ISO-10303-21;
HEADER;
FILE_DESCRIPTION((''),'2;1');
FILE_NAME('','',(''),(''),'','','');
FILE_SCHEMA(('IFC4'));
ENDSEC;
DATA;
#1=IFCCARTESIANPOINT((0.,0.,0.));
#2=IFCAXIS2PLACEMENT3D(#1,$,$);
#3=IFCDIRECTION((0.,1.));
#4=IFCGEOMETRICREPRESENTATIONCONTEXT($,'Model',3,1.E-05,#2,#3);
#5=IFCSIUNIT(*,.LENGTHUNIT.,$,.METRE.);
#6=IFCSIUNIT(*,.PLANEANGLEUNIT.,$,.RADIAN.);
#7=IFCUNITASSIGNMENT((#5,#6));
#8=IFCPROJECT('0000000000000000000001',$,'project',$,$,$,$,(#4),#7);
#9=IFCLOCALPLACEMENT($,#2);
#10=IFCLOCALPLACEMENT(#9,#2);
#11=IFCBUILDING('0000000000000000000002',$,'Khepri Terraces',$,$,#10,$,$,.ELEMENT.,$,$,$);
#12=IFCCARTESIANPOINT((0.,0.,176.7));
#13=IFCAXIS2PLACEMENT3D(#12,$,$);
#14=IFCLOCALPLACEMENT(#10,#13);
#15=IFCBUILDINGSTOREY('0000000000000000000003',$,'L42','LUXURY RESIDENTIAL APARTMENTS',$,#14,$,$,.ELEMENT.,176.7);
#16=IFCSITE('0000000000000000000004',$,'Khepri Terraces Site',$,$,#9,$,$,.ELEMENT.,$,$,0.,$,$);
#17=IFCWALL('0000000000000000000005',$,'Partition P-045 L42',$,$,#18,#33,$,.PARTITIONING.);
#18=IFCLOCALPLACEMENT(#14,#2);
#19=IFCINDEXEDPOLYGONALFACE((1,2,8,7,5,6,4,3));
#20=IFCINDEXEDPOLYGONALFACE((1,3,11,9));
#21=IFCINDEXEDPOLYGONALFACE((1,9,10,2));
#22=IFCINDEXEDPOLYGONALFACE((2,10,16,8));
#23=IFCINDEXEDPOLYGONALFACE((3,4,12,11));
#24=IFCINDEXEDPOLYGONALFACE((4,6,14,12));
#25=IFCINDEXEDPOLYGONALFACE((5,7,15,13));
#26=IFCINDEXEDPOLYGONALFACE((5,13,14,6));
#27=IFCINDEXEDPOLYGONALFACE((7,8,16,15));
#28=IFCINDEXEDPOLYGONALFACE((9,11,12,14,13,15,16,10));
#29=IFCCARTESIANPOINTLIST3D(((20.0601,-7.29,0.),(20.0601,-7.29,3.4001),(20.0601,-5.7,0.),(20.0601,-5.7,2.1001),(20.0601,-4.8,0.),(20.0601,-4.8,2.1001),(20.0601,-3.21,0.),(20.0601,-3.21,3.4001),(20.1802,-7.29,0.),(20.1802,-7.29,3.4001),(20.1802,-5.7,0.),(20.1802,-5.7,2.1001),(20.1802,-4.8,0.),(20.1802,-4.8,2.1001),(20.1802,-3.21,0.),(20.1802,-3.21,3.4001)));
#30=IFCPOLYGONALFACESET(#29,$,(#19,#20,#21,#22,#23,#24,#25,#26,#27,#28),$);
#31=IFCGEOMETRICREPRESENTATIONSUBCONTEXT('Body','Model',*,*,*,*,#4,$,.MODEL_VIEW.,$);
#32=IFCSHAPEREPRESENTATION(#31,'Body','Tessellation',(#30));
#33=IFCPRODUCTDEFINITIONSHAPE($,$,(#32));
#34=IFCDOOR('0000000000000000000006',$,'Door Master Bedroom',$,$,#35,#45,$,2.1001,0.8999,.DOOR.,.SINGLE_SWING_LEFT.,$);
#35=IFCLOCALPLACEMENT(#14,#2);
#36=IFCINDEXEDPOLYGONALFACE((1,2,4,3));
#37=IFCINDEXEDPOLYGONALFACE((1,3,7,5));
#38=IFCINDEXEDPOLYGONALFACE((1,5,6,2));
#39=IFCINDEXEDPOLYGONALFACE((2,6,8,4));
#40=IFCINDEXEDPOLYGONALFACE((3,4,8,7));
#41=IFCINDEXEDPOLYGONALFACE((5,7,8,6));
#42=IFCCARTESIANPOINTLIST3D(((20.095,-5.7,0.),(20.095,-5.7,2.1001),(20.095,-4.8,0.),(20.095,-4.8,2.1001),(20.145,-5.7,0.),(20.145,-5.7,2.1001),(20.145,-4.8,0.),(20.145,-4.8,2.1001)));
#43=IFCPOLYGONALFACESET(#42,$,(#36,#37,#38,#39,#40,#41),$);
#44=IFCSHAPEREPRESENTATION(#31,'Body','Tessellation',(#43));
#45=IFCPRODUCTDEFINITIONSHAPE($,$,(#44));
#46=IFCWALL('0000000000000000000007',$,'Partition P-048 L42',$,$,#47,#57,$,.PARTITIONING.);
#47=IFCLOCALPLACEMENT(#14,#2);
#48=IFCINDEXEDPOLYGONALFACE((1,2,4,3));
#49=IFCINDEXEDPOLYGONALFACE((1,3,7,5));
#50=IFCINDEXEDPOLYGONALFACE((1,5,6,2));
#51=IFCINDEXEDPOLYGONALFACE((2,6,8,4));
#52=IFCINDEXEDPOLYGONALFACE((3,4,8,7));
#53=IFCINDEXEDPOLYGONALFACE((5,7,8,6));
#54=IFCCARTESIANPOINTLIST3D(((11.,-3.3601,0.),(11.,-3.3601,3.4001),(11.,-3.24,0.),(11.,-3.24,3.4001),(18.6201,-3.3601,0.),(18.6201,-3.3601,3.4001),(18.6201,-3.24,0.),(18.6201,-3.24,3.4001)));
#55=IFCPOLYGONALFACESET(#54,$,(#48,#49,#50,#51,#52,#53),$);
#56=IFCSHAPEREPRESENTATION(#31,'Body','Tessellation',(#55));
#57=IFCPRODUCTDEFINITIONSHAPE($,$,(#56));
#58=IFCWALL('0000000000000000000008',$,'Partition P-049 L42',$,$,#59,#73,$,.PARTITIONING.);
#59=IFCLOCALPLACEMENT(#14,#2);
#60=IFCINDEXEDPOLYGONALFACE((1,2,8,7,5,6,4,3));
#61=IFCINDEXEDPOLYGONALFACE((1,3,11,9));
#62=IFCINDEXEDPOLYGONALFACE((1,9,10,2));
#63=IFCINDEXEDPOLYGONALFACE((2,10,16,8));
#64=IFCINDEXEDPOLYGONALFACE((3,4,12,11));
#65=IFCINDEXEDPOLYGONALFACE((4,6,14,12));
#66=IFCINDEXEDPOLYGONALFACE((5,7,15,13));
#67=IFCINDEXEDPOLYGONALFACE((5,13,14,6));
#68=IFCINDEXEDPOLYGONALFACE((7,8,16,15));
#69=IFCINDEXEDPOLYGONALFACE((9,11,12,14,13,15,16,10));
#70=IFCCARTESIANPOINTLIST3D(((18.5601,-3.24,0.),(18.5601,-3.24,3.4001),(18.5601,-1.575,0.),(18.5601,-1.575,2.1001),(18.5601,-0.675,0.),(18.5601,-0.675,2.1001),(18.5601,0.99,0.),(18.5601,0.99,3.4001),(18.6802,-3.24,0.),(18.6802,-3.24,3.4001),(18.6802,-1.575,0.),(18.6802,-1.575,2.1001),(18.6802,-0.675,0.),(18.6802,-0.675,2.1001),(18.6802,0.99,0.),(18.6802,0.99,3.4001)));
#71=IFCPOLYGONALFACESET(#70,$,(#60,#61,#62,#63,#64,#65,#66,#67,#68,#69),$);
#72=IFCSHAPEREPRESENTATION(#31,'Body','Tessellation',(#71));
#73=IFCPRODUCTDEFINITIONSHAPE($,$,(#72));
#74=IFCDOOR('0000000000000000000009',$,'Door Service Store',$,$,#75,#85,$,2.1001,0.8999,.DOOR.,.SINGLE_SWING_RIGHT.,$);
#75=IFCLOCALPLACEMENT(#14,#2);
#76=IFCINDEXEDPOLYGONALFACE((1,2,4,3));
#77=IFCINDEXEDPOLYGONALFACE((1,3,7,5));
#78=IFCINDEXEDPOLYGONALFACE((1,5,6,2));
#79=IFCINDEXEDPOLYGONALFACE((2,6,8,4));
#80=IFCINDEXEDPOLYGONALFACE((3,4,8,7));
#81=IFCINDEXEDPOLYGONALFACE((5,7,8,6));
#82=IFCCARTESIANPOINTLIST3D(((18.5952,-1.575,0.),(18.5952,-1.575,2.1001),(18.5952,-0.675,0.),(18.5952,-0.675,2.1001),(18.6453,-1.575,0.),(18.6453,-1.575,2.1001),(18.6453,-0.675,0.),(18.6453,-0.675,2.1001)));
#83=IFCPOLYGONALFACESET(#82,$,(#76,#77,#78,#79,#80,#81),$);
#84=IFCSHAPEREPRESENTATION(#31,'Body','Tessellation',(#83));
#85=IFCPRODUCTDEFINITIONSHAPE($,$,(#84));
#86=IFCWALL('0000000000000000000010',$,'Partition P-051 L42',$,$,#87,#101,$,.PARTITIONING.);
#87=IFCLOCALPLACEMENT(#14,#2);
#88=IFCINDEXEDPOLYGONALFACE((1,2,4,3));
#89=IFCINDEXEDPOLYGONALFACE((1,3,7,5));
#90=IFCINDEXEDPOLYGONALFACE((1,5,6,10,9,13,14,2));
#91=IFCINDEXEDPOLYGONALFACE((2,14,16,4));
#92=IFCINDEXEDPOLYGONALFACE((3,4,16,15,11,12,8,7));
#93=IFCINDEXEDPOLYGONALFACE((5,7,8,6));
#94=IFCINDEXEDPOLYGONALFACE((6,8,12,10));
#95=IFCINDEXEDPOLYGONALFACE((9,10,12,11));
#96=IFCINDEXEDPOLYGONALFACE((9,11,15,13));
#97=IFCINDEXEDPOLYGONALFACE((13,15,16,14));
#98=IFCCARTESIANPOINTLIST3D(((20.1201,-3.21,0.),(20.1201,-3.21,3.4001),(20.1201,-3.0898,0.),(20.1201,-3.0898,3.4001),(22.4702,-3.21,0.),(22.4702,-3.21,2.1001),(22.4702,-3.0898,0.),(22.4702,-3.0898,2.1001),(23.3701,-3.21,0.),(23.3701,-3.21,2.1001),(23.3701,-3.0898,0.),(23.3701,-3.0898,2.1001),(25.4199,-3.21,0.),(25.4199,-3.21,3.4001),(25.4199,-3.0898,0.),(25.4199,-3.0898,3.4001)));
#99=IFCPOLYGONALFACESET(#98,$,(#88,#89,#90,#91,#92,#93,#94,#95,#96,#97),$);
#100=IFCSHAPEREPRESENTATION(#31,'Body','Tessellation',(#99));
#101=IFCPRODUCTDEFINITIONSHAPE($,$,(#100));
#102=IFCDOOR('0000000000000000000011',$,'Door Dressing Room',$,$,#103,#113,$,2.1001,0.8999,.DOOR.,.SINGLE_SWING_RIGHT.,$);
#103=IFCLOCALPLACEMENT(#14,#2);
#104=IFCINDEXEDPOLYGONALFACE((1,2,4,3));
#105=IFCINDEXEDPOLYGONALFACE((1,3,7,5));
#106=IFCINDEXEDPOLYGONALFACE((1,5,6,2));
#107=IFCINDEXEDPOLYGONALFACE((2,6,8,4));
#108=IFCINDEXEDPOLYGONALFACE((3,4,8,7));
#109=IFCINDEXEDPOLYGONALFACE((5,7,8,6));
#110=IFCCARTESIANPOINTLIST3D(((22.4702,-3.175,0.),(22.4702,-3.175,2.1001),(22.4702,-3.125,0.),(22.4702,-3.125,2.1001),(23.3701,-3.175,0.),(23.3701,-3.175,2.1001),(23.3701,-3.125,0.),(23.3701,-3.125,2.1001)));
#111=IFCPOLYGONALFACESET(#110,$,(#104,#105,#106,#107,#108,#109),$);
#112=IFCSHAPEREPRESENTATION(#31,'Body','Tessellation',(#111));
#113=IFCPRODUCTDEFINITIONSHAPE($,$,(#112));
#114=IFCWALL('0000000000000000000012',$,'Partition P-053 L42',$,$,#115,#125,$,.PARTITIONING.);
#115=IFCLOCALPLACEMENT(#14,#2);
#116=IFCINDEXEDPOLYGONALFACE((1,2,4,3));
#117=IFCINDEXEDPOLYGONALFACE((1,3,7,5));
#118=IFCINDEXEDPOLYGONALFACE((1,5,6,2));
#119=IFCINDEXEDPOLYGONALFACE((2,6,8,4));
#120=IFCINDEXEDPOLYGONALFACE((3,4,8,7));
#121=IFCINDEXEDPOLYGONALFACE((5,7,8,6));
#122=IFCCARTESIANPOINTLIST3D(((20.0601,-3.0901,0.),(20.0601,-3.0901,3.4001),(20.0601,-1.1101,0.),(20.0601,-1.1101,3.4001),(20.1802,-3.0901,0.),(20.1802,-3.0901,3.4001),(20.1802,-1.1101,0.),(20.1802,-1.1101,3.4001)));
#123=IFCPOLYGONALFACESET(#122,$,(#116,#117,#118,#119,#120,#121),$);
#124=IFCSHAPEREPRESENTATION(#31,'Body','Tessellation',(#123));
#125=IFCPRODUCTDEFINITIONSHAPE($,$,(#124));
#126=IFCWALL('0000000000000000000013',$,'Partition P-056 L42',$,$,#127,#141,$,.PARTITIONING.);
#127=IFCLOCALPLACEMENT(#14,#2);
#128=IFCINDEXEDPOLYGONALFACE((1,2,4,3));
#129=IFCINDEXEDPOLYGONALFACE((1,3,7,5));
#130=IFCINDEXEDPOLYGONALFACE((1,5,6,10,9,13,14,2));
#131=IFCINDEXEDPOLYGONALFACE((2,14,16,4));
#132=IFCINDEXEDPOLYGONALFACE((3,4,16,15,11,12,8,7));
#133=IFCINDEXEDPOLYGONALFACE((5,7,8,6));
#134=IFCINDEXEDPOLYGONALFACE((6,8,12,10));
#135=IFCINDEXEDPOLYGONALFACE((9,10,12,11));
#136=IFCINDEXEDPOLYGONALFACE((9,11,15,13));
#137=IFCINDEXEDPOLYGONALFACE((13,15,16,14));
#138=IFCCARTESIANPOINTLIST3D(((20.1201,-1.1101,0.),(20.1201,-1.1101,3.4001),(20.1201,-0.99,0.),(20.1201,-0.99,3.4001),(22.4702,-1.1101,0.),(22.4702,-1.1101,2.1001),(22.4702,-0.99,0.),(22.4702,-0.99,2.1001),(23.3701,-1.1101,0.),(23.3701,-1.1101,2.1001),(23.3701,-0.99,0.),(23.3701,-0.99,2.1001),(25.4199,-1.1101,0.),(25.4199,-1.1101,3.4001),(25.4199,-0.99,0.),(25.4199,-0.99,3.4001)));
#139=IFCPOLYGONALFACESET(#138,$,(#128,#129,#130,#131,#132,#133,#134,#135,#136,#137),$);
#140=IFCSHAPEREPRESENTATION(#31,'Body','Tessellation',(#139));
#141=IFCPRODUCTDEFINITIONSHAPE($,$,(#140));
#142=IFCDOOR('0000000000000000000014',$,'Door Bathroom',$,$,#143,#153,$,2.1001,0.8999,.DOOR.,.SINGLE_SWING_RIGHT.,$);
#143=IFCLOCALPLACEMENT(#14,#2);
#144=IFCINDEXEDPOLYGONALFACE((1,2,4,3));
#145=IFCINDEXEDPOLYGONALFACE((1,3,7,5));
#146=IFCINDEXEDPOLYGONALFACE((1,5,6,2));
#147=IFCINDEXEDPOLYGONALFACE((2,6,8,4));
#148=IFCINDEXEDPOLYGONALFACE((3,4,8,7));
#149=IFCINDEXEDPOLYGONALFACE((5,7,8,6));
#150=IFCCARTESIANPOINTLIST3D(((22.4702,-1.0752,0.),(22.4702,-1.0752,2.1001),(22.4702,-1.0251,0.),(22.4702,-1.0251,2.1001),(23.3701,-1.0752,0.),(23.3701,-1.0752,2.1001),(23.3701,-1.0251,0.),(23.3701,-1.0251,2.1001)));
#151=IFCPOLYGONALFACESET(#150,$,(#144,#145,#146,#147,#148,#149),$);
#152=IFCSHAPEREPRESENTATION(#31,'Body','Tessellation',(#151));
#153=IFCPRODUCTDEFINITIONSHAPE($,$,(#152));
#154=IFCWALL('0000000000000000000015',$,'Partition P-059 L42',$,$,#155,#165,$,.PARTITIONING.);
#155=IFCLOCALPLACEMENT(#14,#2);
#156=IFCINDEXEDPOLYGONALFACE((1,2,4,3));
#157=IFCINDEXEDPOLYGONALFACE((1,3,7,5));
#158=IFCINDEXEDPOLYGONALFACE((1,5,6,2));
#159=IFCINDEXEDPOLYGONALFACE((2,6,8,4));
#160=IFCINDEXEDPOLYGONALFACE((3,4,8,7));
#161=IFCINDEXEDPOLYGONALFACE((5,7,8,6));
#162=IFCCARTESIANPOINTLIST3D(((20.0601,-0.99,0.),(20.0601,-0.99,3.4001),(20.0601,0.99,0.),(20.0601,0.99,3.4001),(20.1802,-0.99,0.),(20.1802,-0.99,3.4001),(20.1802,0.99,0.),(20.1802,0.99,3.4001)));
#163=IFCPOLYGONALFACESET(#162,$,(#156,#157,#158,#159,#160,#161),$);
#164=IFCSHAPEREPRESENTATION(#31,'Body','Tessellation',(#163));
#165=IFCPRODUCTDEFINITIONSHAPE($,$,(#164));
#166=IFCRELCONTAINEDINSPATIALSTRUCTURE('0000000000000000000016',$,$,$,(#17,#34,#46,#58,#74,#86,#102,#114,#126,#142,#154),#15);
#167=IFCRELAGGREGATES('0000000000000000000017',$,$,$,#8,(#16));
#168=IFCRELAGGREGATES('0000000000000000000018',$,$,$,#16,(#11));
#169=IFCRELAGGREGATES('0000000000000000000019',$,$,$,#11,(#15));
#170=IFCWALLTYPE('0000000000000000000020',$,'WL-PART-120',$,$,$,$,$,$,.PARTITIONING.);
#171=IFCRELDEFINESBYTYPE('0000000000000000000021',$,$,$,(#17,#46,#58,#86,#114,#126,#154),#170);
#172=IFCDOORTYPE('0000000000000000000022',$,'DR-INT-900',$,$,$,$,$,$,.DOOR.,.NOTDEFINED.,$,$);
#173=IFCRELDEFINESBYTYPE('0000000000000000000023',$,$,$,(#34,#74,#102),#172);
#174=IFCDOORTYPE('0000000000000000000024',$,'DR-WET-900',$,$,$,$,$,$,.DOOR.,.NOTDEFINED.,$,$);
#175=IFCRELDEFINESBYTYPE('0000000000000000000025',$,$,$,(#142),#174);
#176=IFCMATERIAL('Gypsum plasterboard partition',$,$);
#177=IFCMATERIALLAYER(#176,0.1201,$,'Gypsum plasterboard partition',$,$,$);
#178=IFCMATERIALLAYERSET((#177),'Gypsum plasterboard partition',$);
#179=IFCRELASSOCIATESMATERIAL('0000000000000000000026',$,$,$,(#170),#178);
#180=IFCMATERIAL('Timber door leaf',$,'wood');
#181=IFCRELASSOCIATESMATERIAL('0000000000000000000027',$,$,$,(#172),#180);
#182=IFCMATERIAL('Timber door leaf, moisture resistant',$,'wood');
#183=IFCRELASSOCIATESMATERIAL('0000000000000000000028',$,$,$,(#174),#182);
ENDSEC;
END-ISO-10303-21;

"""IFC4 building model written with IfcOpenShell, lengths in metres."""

from ifc_helpers import new_model, si_unit, direction, frame, frame_2d, origin, place, context, subcontext, project, spatial, rectangle, extrude, material, layer, layer_set, type_object, element, fill, save


model = new_model("IFC4")

# Units and contexts
model_context = context("Model", 3, precision=1e-05, world=origin(), true_north=direction((0.0, 1.0)))
body_context = subcontext(model_context, "Body", "Model", "MODEL_VIEW")
ifc_project = project(units=[si_unit("LENGTHUNIT", "METRE"), si_unit("PLANEANGLEUNIT", "RADIAN")], contexts=[model_context])

# Site, building, storey
site_placement = place(None, origin())
site = spatial("IfcSite", under=ifc_project, at=site_placement, Name="Khepri Terraces Site", CompositionType="ELEMENT", RefElevation=0.0)
building_placement = place(site_placement, origin())
building = spatial("IfcBuilding", under=site, at=building_placement, Name="Khepri Terraces", CompositionType="ELEMENT")
storey_placement = place(building_placement, frame((0.0, 0.0, 176.7)))
storey = spatial("IfcBuildingStorey", under=building, at=storey_placement, Name="L42", Description="LUXURY RESIDENTIAL APARTMENTS", CompositionType="ELEMENT", Elevation=176.7)

# Shared definitions
ifc_material_1 = material(Name="Gypsum plasterboard partition")
ifc_layer_1 = layer(ifc_material_1, 0.1201, Name="Gypsum plasterboard partition")
ifc_layer_set_1 = layer_set([ifc_layer_1], Name="Gypsum plasterboard partition")
wall_type_1 = type_object("IfcWallType", Name="WL-PART-120", PredefinedType="PARTITIONING", material=ifc_layer_set_1)

# Shared definitions
ifc_material_2 = material(Name="Timber door leaf", Category="wood")
door_type_1 = type_object("IfcDoorType", Name="DR-INT-900", OperationType="NOTDEFINED", PredefinedType="DOOR", material=ifc_material_2)

# Wall, opening, door
wall_1_placement = place(storey_placement, frame((20.1201, -7.29, 0.0), z_axis=(0.0, 0.0, 1.0), x_axis=(0.0, 1.0, 0.0)))
wall_1 = element("IfcWall", 1, at=wall_1_placement, inside=storey, type_object=wall_type_1, Name="Partition P-045 L42", PredefinedType="PARTITIONING", context=body_context, shape_type="SweptSolid", body=[
    extrude(rectangle(XDim=4.0801, YDim=0.1201, at=frame_2d((2.04, 0.0))), origin(), (0.0, 0.0, 1.0), 3.4001),
])
opening_1_placement = place(wall_1_placement, frame((1.5901, 0.0, 0.0)))
opening_1 = element("IfcOpeningElement", 2, at=opening_1_placement, cuts=wall_1, PredefinedType="OPENING", context=body_context, shape_type="SweptSolid", body=[
    extrude(rectangle(XDim=0.8999, YDim=2.1001, at=frame_2d((0.45, 1.05))), frame((0.0, 0.0701, 0.0), z_axis=(0.0, -1.0, 0.0), x_axis=(1.0, 0.0, 0.0)), (0.0, 0.0, 1.0), 0.1401),
])
door_1_placement = place(opening_1_placement, frame((0.8999, 0.0, 0.0), z_axis=(0.0, 0.0, 1.0), x_axis=(-1.0, 0.0, 0.0)))
door_1 = element("IfcDoor", 3, at=door_1_placement, inside=storey, type_object=door_type_1, Name="Door Master Bedroom", OperationType="SINGLE_SWING_LEFT", OverallHeight=2.1001, OverallWidth=0.8999, PredefinedType="DOOR", context=body_context, shape_type="SweptSolid", body=[
    extrude(rectangle(XDim=0.8999, YDim=2.1001, at=frame_2d((0.45, 1.05))), frame((0.0, 0.0249, 0.0), z_axis=(0.0, -1.0, 0.0), x_axis=(1.0, 0.0, 0.0)), (0.0, 0.0, 1.0), 0.05),
])
fill(opening_1, door_1)

# Wall
wall_2_placement = place(storey_placement, frame((11.0, -3.3, 0.0), z_axis=(0.0, 0.0, 1.0), x_axis=(1.0, 0.0, 0.0)))
element("IfcWall", 4, at=wall_2_placement, inside=storey, type_object=wall_type_1, Name="Partition P-048 L42", PredefinedType="PARTITIONING", context=body_context, shape_type="SweptSolid", body=[
    extrude(rectangle(XDim=7.6201, YDim=0.1201, at=frame_2d((3.8101, 0.0))), origin(), (0.0, 0.0, 1.0), 3.4001),
])

# Walls, openings, doors
wall_3_placement = place(storey_placement, frame((18.6201, -3.24, 0.0), z_axis=(0.0, 0.0, 1.0), x_axis=(0.0, 1.0, 0.0)))
wall_3 = element("IfcWall", 5, at=wall_3_placement, inside=storey, type_object=wall_type_1, Name="Partition P-049 L42", PredefinedType="PARTITIONING", context=body_context, shape_type="SweptSolid", body=[
    extrude(rectangle(XDim=4.23, YDim=0.1201, at=frame_2d((2.115, 0.0))), origin(), (0.0, 0.0, 1.0), 3.4001),
])
opening_2_placement = place(wall_3_placement, frame((1.665, 0.0, 0.0)))
opening_2 = element("IfcOpeningElement", 6, at=opening_2_placement, cuts=wall_3, PredefinedType="OPENING", context=body_context, shape_type="SweptSolid", body=[
    extrude(rectangle(XDim=0.8999, YDim=2.1001, at=frame_2d((0.45, 1.05))), frame((0.0, 0.0701, 0.0), z_axis=(0.0, -1.0, 0.0), x_axis=(1.0, 0.0, 0.0)), (0.0, 0.0, 1.0), 0.1401),
])
door_2_placement = place(opening_2_placement, origin())
door_2 = element("IfcDoor", 7, at=door_2_placement, inside=storey, type_object=door_type_1, Name="Door Service Store", OperationType="SINGLE_SWING_RIGHT", OverallHeight=2.1001, OverallWidth=0.8999, PredefinedType="DOOR", context=body_context, shape_type="SweptSolid", body=[
    extrude(rectangle(XDim=0.8999, YDim=2.1001, at=frame_2d((0.45, 1.05))), frame((0.0, 0.0249, 0.0), z_axis=(0.0, -1.0, 0.0), x_axis=(1.0, 0.0, 0.0)), (0.0, 0.0, 1.0), 0.05),
])
fill(opening_2, door_2)
wall_4_placement = place(storey_placement, frame((20.1201, -3.1499, 0.0), z_axis=(0.0, 0.0, 1.0), x_axis=(1.0, 0.0, 0.0)))
wall_4 = element("IfcWall", 8, at=wall_4_placement, inside=storey, type_object=wall_type_1, Name="Partition P-051 L42", PredefinedType="PARTITIONING", context=body_context, shape_type="SweptSolid", body=[
    extrude(rectangle(XDim=5.2998, YDim=0.1201, at=frame_2d((2.6499, 0.0))), origin(), (0.0, 0.0, 1.0), 3.4001),
])
opening_3_placement = place(wall_4_placement, frame((2.3501, 0.0, 0.0)))
opening_3 = element("IfcOpeningElement", 9, at=opening_3_placement, cuts=wall_4, PredefinedType="OPENING", context=body_context, shape_type="SweptSolid", body=[
    extrude(rectangle(XDim=0.8999, YDim=2.1001, at=frame_2d((0.45, 1.05))), frame((0.0, 0.0701, 0.0), z_axis=(0.0, -1.0, 0.0), x_axis=(1.0, 0.0, 0.0)), (0.0, 0.0, 1.0), 0.1401),
])
door_3_placement = place(opening_3_placement, origin())
door_3 = element("IfcDoor", 10, at=door_3_placement, inside=storey, type_object=door_type_1, Name="Door Dressing Room", OperationType="SINGLE_SWING_RIGHT", OverallHeight=2.1001, OverallWidth=0.8999, PredefinedType="DOOR", context=body_context, shape_type="SweptSolid", body=[
    extrude(rectangle(XDim=0.8999, YDim=2.1001, at=frame_2d((0.45, 1.05))), frame((0.0, 0.0249, 0.0), z_axis=(0.0, -1.0, 0.0), x_axis=(1.0, 0.0, 0.0)), (0.0, 0.0, 1.0), 0.05),
])
fill(opening_3, door_3)

# Wall
wall_5_placement = place(storey_placement, frame((20.1201, -3.0901, 0.0), z_axis=(0.0, 0.0, 1.0), x_axis=(0.0, 1.0, 0.0)))
element("IfcWall", 11, at=wall_5_placement, inside=storey, type_object=wall_type_1, Name="Partition P-053 L42", PredefinedType="PARTITIONING", context=body_context, shape_type="SweptSolid", body=[
    extrude(rectangle(XDim=1.98, YDim=0.1201, at=frame_2d((0.99, 0.0))), origin(), (0.0, 0.0, 1.0), 3.4001),
])

# Wall, opening, door
wall_6_placement = place(storey_placement, frame((20.1201, -1.05, 0.0), z_axis=(0.0, 0.0, 1.0), x_axis=(1.0, 0.0, 0.0)))
wall_6 = element("IfcWall", 12, at=wall_6_placement, inside=storey, type_object=wall_type_1, Name="Partition P-056 L42", PredefinedType="PARTITIONING", context=body_context, shape_type="SweptSolid", body=[
    extrude(rectangle(XDim=5.2998, YDim=0.1201, at=frame_2d((2.6499, 0.0))), origin(), (0.0, 0.0, 1.0), 3.4001),
])
opening_4_placement = place(wall_6_placement, frame((2.3501, 0.0, 0.0)))
opening_4 = element("IfcOpeningElement", 13, at=opening_4_placement, cuts=wall_6, PredefinedType="OPENING", context=body_context, shape_type="SweptSolid", body=[
    extrude(rectangle(XDim=0.8999, YDim=2.1001, at=frame_2d((0.45, 1.05))), frame((0.0, 0.0701, 0.0), z_axis=(0.0, -1.0, 0.0), x_axis=(1.0, 0.0, 0.0)), (0.0, 0.0, 1.0), 0.1401),
])
ifc_material_3 = material(Name="Timber door leaf, moisture resistant", Category="wood")
door_type_2 = type_object("IfcDoorType", Name="DR-WET-900", OperationType="NOTDEFINED", PredefinedType="DOOR", material=ifc_material_3)
door_4_placement = place(opening_4_placement, origin())
door_4 = element("IfcDoor", 14, at=door_4_placement, inside=storey, type_object=door_type_2, Name="Door Bathroom", OperationType="SINGLE_SWING_RIGHT", OverallHeight=2.1001, OverallWidth=0.8999, PredefinedType="DOOR", context=body_context, shape_type="SweptSolid", body=[
    extrude(rectangle(XDim=0.8999, YDim=2.1001, at=frame_2d((0.45, 1.05))), frame((0.0, 0.0249, 0.0), z_axis=(0.0, -1.0, 0.0), x_axis=(1.0, 0.0, 0.0)), (0.0, 0.0, 1.0), 0.05),
])
fill(opening_4, door_4)

# Wall
wall_7_placement = place(storey_placement, frame((20.1201, -0.99, 0.0), z_axis=(0.0, 0.0, 1.0), x_axis=(0.0, 1.0, 0.0)))
element("IfcWall", 15, at=wall_7_placement, inside=storey, type_object=wall_type_1, Name="Partition P-059 L42", PredefinedType="PARTITIONING", context=body_context, shape_type="SweptSolid", body=[
    extrude(rectangle(XDim=1.98, YDim=0.1201, at=frame_2d((0.99, 0.0))), origin(), (0.0, 0.0, 1.0), 3.4001),
])

save(model, "model.ifc")
